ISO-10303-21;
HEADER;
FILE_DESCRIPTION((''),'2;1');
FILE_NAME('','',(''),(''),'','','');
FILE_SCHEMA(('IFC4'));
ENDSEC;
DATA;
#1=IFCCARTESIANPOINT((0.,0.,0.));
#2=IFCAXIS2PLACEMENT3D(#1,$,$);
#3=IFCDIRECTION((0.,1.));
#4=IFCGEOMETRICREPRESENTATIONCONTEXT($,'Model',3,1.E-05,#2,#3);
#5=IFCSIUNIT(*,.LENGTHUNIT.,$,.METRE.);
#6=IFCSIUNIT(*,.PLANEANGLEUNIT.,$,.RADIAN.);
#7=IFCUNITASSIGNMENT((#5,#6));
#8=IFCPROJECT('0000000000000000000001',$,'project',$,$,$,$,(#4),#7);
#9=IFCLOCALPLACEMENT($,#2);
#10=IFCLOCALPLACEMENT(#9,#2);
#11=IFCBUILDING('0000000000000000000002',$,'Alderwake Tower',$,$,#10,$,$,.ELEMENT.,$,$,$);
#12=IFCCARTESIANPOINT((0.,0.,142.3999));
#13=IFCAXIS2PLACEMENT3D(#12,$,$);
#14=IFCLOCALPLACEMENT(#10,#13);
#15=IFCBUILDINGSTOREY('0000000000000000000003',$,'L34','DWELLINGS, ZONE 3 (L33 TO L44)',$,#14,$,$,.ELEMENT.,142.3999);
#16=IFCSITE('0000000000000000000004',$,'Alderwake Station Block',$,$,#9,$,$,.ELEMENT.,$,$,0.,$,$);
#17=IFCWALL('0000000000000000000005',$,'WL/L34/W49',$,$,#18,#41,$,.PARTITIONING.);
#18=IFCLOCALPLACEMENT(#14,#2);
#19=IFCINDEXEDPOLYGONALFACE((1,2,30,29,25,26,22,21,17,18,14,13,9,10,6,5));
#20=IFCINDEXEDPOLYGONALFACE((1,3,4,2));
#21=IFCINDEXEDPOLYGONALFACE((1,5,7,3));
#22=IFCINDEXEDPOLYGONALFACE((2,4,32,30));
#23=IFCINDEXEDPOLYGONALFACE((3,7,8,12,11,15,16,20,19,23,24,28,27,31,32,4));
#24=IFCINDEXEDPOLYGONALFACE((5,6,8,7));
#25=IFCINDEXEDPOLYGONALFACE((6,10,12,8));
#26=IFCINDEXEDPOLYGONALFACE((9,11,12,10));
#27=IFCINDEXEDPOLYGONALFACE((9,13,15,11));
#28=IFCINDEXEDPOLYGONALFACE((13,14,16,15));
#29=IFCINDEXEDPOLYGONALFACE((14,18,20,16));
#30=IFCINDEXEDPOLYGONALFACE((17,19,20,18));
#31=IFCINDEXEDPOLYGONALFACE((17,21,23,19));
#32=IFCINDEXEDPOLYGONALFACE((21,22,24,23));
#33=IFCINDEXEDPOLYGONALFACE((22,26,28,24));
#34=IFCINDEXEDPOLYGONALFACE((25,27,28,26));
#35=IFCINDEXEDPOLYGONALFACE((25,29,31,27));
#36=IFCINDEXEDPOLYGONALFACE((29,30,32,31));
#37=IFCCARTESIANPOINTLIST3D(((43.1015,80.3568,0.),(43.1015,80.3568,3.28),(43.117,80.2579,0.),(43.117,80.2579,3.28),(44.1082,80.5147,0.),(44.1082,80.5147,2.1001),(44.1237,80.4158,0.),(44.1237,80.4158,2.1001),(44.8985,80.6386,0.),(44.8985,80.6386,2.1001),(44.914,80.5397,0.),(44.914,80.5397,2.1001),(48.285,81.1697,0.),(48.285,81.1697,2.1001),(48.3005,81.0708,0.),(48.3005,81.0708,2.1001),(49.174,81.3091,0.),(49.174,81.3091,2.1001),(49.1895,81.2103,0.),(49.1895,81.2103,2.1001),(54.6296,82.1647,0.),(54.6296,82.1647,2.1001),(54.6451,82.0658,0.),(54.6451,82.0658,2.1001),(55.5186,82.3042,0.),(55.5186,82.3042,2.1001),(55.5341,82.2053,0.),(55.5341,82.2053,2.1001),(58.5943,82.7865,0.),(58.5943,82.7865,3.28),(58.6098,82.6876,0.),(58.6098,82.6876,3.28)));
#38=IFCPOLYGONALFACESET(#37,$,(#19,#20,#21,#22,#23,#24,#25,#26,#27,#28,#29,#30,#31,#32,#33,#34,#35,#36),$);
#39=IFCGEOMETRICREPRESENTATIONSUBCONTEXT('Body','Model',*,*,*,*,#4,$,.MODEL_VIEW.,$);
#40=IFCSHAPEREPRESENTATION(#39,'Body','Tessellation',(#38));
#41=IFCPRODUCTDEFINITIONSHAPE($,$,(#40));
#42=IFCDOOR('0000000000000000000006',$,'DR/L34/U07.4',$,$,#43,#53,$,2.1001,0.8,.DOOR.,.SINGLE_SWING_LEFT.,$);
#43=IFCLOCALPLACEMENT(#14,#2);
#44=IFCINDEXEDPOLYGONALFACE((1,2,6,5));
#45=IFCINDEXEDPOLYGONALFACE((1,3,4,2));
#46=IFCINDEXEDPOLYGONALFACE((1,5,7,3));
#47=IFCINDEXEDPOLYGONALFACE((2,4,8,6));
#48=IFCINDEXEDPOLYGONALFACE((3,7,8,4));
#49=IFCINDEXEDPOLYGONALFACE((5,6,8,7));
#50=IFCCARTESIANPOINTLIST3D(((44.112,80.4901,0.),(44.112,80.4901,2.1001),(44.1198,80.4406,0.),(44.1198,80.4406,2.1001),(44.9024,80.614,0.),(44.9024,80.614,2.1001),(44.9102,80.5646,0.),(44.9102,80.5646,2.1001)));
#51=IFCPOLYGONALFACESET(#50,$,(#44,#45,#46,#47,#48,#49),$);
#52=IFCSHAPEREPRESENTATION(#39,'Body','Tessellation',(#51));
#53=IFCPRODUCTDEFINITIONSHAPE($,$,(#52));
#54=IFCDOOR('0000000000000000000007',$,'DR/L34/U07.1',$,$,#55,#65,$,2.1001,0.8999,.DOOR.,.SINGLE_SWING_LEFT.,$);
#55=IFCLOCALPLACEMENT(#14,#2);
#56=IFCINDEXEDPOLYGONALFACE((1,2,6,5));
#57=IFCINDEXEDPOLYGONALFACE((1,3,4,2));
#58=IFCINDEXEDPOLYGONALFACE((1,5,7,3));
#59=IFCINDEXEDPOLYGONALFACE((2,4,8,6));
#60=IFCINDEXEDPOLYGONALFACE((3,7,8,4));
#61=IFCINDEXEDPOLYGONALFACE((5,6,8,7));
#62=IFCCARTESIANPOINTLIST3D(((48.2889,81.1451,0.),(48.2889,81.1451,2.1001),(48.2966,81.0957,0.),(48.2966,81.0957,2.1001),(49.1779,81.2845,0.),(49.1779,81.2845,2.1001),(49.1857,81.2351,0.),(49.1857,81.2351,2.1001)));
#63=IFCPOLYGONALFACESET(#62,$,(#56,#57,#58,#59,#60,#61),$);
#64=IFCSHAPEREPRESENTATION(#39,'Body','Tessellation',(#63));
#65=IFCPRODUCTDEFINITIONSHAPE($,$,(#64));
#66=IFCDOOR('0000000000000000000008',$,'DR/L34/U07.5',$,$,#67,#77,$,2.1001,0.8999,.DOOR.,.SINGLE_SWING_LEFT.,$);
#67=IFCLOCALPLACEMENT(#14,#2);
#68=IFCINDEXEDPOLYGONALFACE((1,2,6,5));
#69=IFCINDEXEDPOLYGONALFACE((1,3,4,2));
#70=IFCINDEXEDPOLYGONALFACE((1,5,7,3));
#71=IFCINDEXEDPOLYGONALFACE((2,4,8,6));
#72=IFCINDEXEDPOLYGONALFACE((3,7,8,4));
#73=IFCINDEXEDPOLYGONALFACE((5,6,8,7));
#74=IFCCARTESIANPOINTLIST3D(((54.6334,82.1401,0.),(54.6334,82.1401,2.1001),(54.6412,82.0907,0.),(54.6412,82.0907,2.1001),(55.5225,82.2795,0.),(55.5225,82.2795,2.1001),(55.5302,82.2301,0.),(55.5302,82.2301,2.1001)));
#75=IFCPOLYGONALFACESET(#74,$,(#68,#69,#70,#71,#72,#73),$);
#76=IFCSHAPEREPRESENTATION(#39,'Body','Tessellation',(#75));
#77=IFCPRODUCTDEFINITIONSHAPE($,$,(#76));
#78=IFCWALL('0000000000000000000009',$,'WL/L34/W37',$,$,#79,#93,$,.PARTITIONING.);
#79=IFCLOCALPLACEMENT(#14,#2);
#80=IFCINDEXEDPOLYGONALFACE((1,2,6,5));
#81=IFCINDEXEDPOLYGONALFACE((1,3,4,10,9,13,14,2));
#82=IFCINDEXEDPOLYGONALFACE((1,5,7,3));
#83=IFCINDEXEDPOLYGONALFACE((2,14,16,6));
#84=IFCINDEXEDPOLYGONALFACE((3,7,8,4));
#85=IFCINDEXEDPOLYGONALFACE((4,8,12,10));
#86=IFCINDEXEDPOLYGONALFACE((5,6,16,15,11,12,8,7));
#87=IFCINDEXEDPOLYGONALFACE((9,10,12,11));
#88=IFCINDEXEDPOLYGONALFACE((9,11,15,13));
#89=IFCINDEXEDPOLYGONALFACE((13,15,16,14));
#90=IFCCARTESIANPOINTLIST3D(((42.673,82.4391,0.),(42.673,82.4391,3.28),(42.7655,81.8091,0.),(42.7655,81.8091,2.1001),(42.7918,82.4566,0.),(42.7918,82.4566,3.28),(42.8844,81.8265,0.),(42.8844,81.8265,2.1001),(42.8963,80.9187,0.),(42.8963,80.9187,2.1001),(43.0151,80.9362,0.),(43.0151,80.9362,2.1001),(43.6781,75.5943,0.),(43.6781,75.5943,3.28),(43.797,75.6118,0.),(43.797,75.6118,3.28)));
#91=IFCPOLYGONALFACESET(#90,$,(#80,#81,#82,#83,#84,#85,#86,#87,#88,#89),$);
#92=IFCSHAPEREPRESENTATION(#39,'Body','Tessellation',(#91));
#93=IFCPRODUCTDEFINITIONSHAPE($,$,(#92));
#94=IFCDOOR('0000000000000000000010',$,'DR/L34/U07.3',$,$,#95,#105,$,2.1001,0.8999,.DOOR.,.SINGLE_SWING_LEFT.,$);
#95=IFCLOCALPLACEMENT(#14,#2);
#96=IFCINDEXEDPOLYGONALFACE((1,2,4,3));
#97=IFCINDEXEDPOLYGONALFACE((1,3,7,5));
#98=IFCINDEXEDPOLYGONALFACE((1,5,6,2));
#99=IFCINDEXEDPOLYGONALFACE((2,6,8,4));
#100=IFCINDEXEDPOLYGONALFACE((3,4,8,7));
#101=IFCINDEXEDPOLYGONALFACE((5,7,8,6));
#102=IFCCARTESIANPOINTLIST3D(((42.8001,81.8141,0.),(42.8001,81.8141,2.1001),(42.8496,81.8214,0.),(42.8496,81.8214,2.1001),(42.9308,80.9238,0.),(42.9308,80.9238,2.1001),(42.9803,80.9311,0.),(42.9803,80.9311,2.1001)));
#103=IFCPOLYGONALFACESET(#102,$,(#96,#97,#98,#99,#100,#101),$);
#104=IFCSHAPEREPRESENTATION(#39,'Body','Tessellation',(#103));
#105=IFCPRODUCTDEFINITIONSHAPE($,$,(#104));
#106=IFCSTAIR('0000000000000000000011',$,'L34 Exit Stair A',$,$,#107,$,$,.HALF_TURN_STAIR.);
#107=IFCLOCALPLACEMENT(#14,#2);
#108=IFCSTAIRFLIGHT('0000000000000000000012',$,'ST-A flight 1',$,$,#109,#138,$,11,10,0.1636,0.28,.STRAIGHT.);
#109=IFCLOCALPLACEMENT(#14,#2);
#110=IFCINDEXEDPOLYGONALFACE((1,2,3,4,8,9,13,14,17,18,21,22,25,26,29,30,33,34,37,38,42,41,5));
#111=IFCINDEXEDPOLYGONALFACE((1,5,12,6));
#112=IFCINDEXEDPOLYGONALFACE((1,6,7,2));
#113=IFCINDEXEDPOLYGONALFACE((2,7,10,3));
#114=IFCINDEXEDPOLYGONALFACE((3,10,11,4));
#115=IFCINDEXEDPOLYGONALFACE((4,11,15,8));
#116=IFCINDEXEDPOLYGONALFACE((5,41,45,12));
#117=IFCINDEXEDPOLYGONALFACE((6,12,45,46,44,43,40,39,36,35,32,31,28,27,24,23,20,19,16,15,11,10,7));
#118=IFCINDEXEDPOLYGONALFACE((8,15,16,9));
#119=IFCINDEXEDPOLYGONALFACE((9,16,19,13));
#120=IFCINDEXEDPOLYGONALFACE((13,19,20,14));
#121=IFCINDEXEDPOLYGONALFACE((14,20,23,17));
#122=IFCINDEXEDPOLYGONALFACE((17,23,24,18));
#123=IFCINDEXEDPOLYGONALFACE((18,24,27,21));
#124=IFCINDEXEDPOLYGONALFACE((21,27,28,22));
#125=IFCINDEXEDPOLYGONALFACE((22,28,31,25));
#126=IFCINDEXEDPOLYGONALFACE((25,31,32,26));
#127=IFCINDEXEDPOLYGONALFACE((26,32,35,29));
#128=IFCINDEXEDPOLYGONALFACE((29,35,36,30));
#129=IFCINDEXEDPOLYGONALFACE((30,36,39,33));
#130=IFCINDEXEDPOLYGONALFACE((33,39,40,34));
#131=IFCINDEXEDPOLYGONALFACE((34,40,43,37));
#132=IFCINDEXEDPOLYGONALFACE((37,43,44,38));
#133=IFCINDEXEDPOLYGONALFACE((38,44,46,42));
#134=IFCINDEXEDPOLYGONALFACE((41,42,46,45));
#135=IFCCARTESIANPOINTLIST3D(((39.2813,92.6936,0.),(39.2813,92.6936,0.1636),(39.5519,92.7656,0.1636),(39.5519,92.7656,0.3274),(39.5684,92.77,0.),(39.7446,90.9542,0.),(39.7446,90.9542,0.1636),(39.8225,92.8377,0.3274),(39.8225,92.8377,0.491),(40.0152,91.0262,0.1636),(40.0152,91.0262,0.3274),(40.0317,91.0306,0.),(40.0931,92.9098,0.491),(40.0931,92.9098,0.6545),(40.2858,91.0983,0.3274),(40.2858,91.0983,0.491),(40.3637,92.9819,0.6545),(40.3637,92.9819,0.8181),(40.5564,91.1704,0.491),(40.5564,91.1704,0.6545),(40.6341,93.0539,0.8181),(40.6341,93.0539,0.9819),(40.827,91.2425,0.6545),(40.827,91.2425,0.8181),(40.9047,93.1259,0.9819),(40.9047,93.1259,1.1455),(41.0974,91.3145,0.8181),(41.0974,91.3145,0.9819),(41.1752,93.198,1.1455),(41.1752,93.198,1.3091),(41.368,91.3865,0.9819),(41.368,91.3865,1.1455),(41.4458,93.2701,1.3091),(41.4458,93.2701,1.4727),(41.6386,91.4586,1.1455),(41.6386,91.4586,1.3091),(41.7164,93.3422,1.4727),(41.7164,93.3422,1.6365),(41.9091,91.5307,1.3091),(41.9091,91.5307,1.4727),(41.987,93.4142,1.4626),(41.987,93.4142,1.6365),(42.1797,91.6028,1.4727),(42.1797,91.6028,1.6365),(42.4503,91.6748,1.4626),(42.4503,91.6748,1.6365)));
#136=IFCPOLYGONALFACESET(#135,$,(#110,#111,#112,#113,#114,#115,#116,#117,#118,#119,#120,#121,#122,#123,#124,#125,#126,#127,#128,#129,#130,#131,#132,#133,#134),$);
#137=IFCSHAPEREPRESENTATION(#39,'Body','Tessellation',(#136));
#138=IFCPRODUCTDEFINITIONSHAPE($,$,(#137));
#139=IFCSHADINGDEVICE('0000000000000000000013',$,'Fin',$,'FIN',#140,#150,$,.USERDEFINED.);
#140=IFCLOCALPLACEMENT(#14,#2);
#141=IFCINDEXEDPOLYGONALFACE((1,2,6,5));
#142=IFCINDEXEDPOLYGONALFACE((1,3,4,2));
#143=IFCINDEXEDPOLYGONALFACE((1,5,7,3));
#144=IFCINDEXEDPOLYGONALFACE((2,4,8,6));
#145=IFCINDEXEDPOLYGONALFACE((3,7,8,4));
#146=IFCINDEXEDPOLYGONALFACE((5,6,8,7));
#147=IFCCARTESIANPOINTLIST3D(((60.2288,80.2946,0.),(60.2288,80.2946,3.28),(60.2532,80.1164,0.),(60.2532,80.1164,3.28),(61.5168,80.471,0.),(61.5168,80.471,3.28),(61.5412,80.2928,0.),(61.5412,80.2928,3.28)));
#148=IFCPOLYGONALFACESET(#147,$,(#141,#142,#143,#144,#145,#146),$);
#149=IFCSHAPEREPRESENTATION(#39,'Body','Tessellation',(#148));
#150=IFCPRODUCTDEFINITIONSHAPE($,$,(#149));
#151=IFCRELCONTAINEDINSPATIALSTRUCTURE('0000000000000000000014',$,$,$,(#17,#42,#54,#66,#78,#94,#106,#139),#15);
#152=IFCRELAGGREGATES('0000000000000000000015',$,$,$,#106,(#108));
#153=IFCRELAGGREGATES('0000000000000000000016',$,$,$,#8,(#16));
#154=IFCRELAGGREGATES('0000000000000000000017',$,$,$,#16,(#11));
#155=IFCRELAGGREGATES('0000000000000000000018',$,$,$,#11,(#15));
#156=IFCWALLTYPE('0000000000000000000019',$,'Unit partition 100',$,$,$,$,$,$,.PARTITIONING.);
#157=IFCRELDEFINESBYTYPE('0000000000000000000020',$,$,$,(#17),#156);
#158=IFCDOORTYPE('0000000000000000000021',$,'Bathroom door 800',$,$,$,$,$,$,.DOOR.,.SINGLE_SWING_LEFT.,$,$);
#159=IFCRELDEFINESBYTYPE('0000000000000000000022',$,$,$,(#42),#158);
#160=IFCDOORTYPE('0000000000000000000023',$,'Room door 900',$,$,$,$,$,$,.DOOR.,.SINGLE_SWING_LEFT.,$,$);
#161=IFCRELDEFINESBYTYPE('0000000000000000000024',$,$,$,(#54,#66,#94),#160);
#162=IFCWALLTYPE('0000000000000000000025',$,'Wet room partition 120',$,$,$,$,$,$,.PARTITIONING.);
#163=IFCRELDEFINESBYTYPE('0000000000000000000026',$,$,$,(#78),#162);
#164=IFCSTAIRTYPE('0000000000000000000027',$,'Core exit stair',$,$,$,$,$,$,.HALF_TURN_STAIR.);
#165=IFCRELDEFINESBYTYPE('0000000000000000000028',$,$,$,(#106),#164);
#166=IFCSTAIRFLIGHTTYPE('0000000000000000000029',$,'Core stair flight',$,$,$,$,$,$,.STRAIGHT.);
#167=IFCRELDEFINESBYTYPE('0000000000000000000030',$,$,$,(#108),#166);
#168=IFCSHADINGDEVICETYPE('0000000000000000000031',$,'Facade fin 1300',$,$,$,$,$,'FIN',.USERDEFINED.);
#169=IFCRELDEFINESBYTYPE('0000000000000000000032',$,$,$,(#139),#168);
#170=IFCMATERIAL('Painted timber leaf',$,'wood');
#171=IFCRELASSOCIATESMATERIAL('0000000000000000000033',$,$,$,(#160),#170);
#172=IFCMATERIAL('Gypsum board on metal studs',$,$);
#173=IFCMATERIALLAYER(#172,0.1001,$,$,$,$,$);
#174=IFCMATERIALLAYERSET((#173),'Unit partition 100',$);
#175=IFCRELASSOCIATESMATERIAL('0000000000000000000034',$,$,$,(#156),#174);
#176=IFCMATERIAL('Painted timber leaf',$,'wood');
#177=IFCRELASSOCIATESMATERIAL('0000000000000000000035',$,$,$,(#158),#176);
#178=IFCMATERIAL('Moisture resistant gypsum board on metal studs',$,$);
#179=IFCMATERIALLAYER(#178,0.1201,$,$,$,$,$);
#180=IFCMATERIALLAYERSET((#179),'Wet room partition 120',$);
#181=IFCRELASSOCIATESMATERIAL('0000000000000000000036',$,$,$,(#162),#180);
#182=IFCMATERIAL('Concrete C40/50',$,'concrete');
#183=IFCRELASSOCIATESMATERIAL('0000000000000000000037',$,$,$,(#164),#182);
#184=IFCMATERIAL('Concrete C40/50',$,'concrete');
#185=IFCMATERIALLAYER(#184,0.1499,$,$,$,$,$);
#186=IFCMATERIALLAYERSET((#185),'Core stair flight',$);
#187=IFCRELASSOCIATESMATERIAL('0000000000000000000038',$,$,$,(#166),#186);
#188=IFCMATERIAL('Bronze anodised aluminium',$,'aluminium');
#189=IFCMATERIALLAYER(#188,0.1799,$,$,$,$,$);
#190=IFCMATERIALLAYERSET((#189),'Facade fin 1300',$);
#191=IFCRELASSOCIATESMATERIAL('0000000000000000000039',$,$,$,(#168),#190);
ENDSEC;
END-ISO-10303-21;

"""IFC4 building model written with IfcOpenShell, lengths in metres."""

from ifc_helpers import new_model, si_unit, direction, frame, frame_2d, origin, origin_2d, place, context, subcontext, project, spatial, polyline, rectangle, outline, extrude, material, layer, layer_set, type_object, element, fill, aggregate, save


model = new_model("IFC4")

# Units and contexts
model_context = context("Model", 3, precision=1e-05, world=origin(), true_north=direction((0.0, 1.0)))
body_context = subcontext(model_context, "Body", "Model", "MODEL_VIEW")
ifc_project = project(units=[si_unit("LENGTHUNIT", "METRE"), si_unit("PLANEANGLEUNIT", "RADIAN")], contexts=[model_context])

# Site, building, storey
site_placement = place(None, origin())
site = spatial("IfcSite", under=ifc_project, at=site_placement, Name="Alderwake Station Block", CompositionType="ELEMENT", RefElevation=0.0)
building_placement = place(site_placement, origin())
building = spatial("IfcBuilding", under=site, at=building_placement, Name="Alderwake Tower", CompositionType="ELEMENT")
storey_placement = place(building_placement, frame((0.0, 0.0, 142.3999)))
storey = spatial("IfcBuildingStorey", under=building, at=storey_placement, Name="L34", Description="DWELLINGS, ZONE 3 (L33 TO L44)", CompositionType="ELEMENT", Elevation=142.3999)

# Shared definitions
ifc_material_1 = material(Name="Painted timber leaf", Category="wood")
door_type_1 = type_object("IfcDoorType", Name="Room door 900", OperationType="SINGLE_SWING_LEFT", PredefinedType="DOOR", material=ifc_material_1)

# Wall, openings, doors
ifc_material_2 = material(Name="Gypsum board on metal studs")
ifc_layer_1 = layer(ifc_material_2, 0.1001)
ifc_layer_set_1 = layer_set([ifc_layer_1], Name="Unit partition 100")
wall_type_1 = type_object("IfcWallType", Name="Unit partition 100", PredefinedType="PARTITIONING", material=ifc_layer_set_1)
wall_1_placement = place(storey_placement, frame((58.6021, 82.7371, 0.0), z_axis=(0.0, 0.0, 1.0), x_axis=(-0.987925, -0.154934, 0.0)))
wall_1 = element("IfcWall", 1, at=wall_1_placement, inside=storey, type_object=wall_type_1, Name="WL/L34/W49", PredefinedType="PARTITIONING", context=body_context, shape_type="SweptSolid", body=[
    extrude(rectangle(XDim=15.6821, YDim=0.1001, at=frame_2d((7.8411, 0.0))), origin(), (0.0, 0.0, 1.0), 3.28),
])
opening_1_placement = place(wall_1_placement, frame((9.5354, 0.0, 0.0)))
opening_1 = element("IfcOpeningElement", 2, at=opening_1_placement, cuts=wall_1, PredefinedType="OPENING", context=body_context, shape_type="SweptSolid", body=[
    extrude(rectangle(XDim=0.8999, YDim=2.1001, at=frame_2d((0.45, 1.05))), frame((0.0, 0.0601, 0.0), z_axis=(0.0, -1.0, 0.0), x_axis=(1.0, 0.0, 0.0)), (0.0, 0.0, 1.0), 0.1201),
])
opening_2_placement = place(wall_1_placement, frame((13.8633, 0.0, 0.0)))
opening_2 = element("IfcOpeningElement", 3, at=opening_2_placement, cuts=wall_1, PredefinedType="OPENING", context=body_context, shape_type="SweptSolid", body=[
    extrude(rectangle(XDim=0.8, YDim=2.1001, at=frame_2d((0.3999, 1.05))), frame((0.0, 0.0601, 0.0), z_axis=(0.0, -1.0, 0.0), x_axis=(1.0, 0.0, 0.0)), (0.0, 0.0, 1.0), 0.1201),
])
opening_3_placement = place(wall_1_placement, frame((3.1133, 0.0, 0.0)))
opening_3 = element("IfcOpeningElement", 4, at=opening_3_placement, cuts=wall_1, PredefinedType="OPENING", context=body_context, shape_type="SweptSolid", body=[
    extrude(rectangle(XDim=0.8999, YDim=2.1001, at=frame_2d((0.45, 1.05))), frame((0.0, 0.0601, 0.0), z_axis=(0.0, -1.0, 0.0), x_axis=(1.0, 0.0, 0.0)), (0.0, 0.0, 1.0), 0.1201),
])
ifc_material_3 = material(Name="Painted timber leaf", Category="wood")
door_type_2 = type_object("IfcDoorType", Name="Bathroom door 800", OperationType="SINGLE_SWING_LEFT", PredefinedType="DOOR", material=ifc_material_3)
door_1_placement = place(opening_2_placement, origin())
door_1 = element("IfcDoor", 5, at=door_1_placement, inside=storey, type_object=door_type_2, Name="DR/L34/U07.4", OperationType="SINGLE_SWING_LEFT", OverallHeight=2.1001, OverallWidth=0.8, PredefinedType="DOOR", context=body_context, shape_type="SweptSolid", body=[
    extrude(rectangle(XDim=0.8, YDim=2.1001, at=frame_2d((0.3999, 1.05))), frame((0.0, 0.0249, 0.0), z_axis=(0.0, -1.0, 0.0), x_axis=(1.0, 0.0, 0.0)), (0.0, 0.0, 1.0), 0.05),
])
fill(opening_2, door_1)
door_2_placement = place(opening_1_placement, origin())
door_2 = element("IfcDoor", 6, at=door_2_placement, inside=storey, type_object=door_type_1, Name="DR/L34/U07.1", OperationType="SINGLE_SWING_LEFT", OverallHeight=2.1001, OverallWidth=0.8999, PredefinedType="DOOR", context=body_context, shape_type="SweptSolid", body=[
    extrude(rectangle(XDim=0.8999, YDim=2.1001, at=frame_2d((0.45, 1.05))), frame((0.0, 0.0249, 0.0), z_axis=(0.0, -1.0, 0.0), x_axis=(1.0, 0.0, 0.0)), (0.0, 0.0, 1.0), 0.05),
])
fill(opening_1, door_2)
door_3_placement = place(opening_3_placement, origin())
door_3 = element("IfcDoor", 7, at=door_3_placement, inside=storey, type_object=door_type_1, Name="DR/L34/U07.5", OperationType="SINGLE_SWING_LEFT", OverallHeight=2.1001, OverallWidth=0.8999, PredefinedType="DOOR", context=body_context, shape_type="SweptSolid", body=[
    extrude(rectangle(XDim=0.8999, YDim=2.1001, at=frame_2d((0.45, 1.05))), frame((0.0, 0.0249, 0.0), z_axis=(0.0, -1.0, 0.0), x_axis=(1.0, 0.0, 0.0)), (0.0, 0.0, 1.0), 0.05),
])
fill(opening_3, door_3)

# Wall, opening, door
ifc_material_4 = material(Name="Moisture resistant gypsum board on metal studs")
ifc_layer_2 = layer(ifc_material_4, 0.1201)
ifc_layer_set_2 = layer_set([ifc_layer_2], Name="Wet room partition 120")
wall_type_2 = type_object("IfcWallType", Name="Wet room partition 120", PredefinedType="PARTITIONING", material=ifc_layer_set_2)
wall_2_placement = place(storey_placement, frame((42.7324, 82.4478, 0.0), z_axis=(0.0, 0.0, 1.0), x_axis=(0.145289, -0.989389, 0.0)))
wall_2 = element("IfcWall", 8, at=wall_2_placement, inside=storey, type_object=wall_type_2, Name="WL/L34/W37", PredefinedType="PARTITIONING", context=body_context, shape_type="SweptSolid", body=[
    extrude(rectangle(XDim=6.9182, YDim=0.1201, at=frame_2d((3.459, 0.0))), origin(), (0.0, 0.0, 1.0), 3.28),
])
opening_4_placement = place(wall_2_placement, frame((0.6367, 0.0, 0.0)))
opening_4 = element("IfcOpeningElement", 9, at=opening_4_placement, cuts=wall_2, PredefinedType="OPENING", context=body_context, shape_type="SweptSolid", body=[
    extrude(rectangle(XDim=0.8999, YDim=2.1001, at=frame_2d((0.45, 1.05))), frame((0.0, 0.0701, 0.0), z_axis=(0.0, -1.0, 0.0), x_axis=(1.0, 0.0, 0.0)), (0.0, 0.0, 1.0), 0.1401),
])
door_4_placement = place(opening_4_placement, origin())
door_4 = element("IfcDoor", 10, at=door_4_placement, inside=storey, type_object=door_type_1, Name="DR/L34/U07.3", OperationType="SINGLE_SWING_LEFT", OverallHeight=2.1001, OverallWidth=0.8999, PredefinedType="DOOR", context=body_context, shape_type="SweptSolid", body=[
    extrude(rectangle(XDim=0.8999, YDim=2.1001, at=frame_2d((0.45, 1.05))), frame((0.0, 0.0249, 0.0), z_axis=(0.0, -1.0, 0.0), x_axis=(1.0, 0.0, 0.0)), (0.0, 0.0, 1.0), 0.05),
])
fill(opening_4, door_4)

# Stair, stair flight
ifc_material_5 = material(Name="Concrete C40/50", Category="concrete")
stair_type = type_object("IfcStairType", Name="Core exit stair", PredefinedType="HALF_TURN_STAIR", material=ifc_material_5)
stair_placement = place(storey_placement, origin())
stair = element("IfcStair", 11, at=stair_placement, inside=storey, type_object=stair_type, Name="L34 Exit Stair A", PredefinedType="HALF_TURN_STAIR")
ifc_material_6 = material(Name="Concrete C40/50", Category="concrete")
ifc_layer_3 = layer(ifc_material_6, 0.1499)
ifc_layer_set_3 = layer_set([ifc_layer_3], Name="Core stair flight")
stair_flight_type = type_object("IfcStairFlightType", Name="Core stair flight", PredefinedType="STRAIGHT", material=ifc_layer_set_3)
stair_flight_placement = place(storey_placement, frame((39.5129, 91.824, 0.0), z_axis=(0.0, 0.0, 1.0), x_axis=(0.96631, 0.257382, 0.0)))
stair_flight = element("IfcStairFlight", 12, at=stair_flight_placement, type_object=stair_flight_type, Name="ST-A flight 1", NumberOfRisers=11, NumberOfTreads=10, PredefinedType="STRAIGHT", RiserHeight=0.1636, TreadLength=0.28, context=body_context, shape_type="SweptSolid", body=[
    extrude(outline(polyline([(0.0, 0.0), (0.0, 0.1636), (0.28, 0.1636), (0.28, 0.3274), (0.5601, 0.3274), (0.5601, 0.491), (0.8401, 0.491), (0.8401, 0.6545), (1.1201, 0.6545), (1.1201, 0.8181), (1.3999, 0.8181), (1.3999, 0.9819), (1.6799, 0.9819), (1.6799, 1.1455), (1.96, 1.1455), (1.96, 1.3091), (2.24, 1.3091), (2.24, 1.4727), (2.52, 1.4727), (2.52, 1.6365), (2.8, 1.6365), (2.8, 1.8), (2.8, 1.4626), (0.2971, 0.0), (0.0, 0.0)])), frame((0.0, 0.8999, 0.0), z_axis=(0.0, -1.0, 0.0), x_axis=(1.0, 0.0, 0.0)), (0.0, 0.0, 1.0), 1.8),
])
aggregate(stair, [stair_flight])

# Shading device
ifc_material_7 = material(Name="Bronze anodised aluminium", Category="aluminium")
ifc_layer_4 = layer(ifc_material_7, 0.1799)
ifc_layer_set_4 = layer_set([ifc_layer_4], Name="Facade fin 1300")
shading_device_type = type_object("IfcShadingDeviceType", Name="Facade fin 1300", ElementType="FIN", PredefinedType="USERDEFINED", material=ifc_layer_set_4)
shading_device_placement = place(storey_placement, frame((60.885, 80.2937, 0.0), z_axis=(0.0, 0.0, 1.0), x_axis=(0.990753, 0.135681, 0.0)))
element("IfcShadingDevice", 13, at=shading_device_placement, inside=storey, type_object=shading_device_type, Name="Fin", ObjectType="FIN", PredefinedType="USERDEFINED", context=body_context, shape_type="SweptSolid", body=[
    extrude(rectangle(XDim=1.3, YDim=0.1799, at=origin_2d()), origin(), (0.0, 0.0, 1.0), 3.28),
])

save(model, "model.ifc")
